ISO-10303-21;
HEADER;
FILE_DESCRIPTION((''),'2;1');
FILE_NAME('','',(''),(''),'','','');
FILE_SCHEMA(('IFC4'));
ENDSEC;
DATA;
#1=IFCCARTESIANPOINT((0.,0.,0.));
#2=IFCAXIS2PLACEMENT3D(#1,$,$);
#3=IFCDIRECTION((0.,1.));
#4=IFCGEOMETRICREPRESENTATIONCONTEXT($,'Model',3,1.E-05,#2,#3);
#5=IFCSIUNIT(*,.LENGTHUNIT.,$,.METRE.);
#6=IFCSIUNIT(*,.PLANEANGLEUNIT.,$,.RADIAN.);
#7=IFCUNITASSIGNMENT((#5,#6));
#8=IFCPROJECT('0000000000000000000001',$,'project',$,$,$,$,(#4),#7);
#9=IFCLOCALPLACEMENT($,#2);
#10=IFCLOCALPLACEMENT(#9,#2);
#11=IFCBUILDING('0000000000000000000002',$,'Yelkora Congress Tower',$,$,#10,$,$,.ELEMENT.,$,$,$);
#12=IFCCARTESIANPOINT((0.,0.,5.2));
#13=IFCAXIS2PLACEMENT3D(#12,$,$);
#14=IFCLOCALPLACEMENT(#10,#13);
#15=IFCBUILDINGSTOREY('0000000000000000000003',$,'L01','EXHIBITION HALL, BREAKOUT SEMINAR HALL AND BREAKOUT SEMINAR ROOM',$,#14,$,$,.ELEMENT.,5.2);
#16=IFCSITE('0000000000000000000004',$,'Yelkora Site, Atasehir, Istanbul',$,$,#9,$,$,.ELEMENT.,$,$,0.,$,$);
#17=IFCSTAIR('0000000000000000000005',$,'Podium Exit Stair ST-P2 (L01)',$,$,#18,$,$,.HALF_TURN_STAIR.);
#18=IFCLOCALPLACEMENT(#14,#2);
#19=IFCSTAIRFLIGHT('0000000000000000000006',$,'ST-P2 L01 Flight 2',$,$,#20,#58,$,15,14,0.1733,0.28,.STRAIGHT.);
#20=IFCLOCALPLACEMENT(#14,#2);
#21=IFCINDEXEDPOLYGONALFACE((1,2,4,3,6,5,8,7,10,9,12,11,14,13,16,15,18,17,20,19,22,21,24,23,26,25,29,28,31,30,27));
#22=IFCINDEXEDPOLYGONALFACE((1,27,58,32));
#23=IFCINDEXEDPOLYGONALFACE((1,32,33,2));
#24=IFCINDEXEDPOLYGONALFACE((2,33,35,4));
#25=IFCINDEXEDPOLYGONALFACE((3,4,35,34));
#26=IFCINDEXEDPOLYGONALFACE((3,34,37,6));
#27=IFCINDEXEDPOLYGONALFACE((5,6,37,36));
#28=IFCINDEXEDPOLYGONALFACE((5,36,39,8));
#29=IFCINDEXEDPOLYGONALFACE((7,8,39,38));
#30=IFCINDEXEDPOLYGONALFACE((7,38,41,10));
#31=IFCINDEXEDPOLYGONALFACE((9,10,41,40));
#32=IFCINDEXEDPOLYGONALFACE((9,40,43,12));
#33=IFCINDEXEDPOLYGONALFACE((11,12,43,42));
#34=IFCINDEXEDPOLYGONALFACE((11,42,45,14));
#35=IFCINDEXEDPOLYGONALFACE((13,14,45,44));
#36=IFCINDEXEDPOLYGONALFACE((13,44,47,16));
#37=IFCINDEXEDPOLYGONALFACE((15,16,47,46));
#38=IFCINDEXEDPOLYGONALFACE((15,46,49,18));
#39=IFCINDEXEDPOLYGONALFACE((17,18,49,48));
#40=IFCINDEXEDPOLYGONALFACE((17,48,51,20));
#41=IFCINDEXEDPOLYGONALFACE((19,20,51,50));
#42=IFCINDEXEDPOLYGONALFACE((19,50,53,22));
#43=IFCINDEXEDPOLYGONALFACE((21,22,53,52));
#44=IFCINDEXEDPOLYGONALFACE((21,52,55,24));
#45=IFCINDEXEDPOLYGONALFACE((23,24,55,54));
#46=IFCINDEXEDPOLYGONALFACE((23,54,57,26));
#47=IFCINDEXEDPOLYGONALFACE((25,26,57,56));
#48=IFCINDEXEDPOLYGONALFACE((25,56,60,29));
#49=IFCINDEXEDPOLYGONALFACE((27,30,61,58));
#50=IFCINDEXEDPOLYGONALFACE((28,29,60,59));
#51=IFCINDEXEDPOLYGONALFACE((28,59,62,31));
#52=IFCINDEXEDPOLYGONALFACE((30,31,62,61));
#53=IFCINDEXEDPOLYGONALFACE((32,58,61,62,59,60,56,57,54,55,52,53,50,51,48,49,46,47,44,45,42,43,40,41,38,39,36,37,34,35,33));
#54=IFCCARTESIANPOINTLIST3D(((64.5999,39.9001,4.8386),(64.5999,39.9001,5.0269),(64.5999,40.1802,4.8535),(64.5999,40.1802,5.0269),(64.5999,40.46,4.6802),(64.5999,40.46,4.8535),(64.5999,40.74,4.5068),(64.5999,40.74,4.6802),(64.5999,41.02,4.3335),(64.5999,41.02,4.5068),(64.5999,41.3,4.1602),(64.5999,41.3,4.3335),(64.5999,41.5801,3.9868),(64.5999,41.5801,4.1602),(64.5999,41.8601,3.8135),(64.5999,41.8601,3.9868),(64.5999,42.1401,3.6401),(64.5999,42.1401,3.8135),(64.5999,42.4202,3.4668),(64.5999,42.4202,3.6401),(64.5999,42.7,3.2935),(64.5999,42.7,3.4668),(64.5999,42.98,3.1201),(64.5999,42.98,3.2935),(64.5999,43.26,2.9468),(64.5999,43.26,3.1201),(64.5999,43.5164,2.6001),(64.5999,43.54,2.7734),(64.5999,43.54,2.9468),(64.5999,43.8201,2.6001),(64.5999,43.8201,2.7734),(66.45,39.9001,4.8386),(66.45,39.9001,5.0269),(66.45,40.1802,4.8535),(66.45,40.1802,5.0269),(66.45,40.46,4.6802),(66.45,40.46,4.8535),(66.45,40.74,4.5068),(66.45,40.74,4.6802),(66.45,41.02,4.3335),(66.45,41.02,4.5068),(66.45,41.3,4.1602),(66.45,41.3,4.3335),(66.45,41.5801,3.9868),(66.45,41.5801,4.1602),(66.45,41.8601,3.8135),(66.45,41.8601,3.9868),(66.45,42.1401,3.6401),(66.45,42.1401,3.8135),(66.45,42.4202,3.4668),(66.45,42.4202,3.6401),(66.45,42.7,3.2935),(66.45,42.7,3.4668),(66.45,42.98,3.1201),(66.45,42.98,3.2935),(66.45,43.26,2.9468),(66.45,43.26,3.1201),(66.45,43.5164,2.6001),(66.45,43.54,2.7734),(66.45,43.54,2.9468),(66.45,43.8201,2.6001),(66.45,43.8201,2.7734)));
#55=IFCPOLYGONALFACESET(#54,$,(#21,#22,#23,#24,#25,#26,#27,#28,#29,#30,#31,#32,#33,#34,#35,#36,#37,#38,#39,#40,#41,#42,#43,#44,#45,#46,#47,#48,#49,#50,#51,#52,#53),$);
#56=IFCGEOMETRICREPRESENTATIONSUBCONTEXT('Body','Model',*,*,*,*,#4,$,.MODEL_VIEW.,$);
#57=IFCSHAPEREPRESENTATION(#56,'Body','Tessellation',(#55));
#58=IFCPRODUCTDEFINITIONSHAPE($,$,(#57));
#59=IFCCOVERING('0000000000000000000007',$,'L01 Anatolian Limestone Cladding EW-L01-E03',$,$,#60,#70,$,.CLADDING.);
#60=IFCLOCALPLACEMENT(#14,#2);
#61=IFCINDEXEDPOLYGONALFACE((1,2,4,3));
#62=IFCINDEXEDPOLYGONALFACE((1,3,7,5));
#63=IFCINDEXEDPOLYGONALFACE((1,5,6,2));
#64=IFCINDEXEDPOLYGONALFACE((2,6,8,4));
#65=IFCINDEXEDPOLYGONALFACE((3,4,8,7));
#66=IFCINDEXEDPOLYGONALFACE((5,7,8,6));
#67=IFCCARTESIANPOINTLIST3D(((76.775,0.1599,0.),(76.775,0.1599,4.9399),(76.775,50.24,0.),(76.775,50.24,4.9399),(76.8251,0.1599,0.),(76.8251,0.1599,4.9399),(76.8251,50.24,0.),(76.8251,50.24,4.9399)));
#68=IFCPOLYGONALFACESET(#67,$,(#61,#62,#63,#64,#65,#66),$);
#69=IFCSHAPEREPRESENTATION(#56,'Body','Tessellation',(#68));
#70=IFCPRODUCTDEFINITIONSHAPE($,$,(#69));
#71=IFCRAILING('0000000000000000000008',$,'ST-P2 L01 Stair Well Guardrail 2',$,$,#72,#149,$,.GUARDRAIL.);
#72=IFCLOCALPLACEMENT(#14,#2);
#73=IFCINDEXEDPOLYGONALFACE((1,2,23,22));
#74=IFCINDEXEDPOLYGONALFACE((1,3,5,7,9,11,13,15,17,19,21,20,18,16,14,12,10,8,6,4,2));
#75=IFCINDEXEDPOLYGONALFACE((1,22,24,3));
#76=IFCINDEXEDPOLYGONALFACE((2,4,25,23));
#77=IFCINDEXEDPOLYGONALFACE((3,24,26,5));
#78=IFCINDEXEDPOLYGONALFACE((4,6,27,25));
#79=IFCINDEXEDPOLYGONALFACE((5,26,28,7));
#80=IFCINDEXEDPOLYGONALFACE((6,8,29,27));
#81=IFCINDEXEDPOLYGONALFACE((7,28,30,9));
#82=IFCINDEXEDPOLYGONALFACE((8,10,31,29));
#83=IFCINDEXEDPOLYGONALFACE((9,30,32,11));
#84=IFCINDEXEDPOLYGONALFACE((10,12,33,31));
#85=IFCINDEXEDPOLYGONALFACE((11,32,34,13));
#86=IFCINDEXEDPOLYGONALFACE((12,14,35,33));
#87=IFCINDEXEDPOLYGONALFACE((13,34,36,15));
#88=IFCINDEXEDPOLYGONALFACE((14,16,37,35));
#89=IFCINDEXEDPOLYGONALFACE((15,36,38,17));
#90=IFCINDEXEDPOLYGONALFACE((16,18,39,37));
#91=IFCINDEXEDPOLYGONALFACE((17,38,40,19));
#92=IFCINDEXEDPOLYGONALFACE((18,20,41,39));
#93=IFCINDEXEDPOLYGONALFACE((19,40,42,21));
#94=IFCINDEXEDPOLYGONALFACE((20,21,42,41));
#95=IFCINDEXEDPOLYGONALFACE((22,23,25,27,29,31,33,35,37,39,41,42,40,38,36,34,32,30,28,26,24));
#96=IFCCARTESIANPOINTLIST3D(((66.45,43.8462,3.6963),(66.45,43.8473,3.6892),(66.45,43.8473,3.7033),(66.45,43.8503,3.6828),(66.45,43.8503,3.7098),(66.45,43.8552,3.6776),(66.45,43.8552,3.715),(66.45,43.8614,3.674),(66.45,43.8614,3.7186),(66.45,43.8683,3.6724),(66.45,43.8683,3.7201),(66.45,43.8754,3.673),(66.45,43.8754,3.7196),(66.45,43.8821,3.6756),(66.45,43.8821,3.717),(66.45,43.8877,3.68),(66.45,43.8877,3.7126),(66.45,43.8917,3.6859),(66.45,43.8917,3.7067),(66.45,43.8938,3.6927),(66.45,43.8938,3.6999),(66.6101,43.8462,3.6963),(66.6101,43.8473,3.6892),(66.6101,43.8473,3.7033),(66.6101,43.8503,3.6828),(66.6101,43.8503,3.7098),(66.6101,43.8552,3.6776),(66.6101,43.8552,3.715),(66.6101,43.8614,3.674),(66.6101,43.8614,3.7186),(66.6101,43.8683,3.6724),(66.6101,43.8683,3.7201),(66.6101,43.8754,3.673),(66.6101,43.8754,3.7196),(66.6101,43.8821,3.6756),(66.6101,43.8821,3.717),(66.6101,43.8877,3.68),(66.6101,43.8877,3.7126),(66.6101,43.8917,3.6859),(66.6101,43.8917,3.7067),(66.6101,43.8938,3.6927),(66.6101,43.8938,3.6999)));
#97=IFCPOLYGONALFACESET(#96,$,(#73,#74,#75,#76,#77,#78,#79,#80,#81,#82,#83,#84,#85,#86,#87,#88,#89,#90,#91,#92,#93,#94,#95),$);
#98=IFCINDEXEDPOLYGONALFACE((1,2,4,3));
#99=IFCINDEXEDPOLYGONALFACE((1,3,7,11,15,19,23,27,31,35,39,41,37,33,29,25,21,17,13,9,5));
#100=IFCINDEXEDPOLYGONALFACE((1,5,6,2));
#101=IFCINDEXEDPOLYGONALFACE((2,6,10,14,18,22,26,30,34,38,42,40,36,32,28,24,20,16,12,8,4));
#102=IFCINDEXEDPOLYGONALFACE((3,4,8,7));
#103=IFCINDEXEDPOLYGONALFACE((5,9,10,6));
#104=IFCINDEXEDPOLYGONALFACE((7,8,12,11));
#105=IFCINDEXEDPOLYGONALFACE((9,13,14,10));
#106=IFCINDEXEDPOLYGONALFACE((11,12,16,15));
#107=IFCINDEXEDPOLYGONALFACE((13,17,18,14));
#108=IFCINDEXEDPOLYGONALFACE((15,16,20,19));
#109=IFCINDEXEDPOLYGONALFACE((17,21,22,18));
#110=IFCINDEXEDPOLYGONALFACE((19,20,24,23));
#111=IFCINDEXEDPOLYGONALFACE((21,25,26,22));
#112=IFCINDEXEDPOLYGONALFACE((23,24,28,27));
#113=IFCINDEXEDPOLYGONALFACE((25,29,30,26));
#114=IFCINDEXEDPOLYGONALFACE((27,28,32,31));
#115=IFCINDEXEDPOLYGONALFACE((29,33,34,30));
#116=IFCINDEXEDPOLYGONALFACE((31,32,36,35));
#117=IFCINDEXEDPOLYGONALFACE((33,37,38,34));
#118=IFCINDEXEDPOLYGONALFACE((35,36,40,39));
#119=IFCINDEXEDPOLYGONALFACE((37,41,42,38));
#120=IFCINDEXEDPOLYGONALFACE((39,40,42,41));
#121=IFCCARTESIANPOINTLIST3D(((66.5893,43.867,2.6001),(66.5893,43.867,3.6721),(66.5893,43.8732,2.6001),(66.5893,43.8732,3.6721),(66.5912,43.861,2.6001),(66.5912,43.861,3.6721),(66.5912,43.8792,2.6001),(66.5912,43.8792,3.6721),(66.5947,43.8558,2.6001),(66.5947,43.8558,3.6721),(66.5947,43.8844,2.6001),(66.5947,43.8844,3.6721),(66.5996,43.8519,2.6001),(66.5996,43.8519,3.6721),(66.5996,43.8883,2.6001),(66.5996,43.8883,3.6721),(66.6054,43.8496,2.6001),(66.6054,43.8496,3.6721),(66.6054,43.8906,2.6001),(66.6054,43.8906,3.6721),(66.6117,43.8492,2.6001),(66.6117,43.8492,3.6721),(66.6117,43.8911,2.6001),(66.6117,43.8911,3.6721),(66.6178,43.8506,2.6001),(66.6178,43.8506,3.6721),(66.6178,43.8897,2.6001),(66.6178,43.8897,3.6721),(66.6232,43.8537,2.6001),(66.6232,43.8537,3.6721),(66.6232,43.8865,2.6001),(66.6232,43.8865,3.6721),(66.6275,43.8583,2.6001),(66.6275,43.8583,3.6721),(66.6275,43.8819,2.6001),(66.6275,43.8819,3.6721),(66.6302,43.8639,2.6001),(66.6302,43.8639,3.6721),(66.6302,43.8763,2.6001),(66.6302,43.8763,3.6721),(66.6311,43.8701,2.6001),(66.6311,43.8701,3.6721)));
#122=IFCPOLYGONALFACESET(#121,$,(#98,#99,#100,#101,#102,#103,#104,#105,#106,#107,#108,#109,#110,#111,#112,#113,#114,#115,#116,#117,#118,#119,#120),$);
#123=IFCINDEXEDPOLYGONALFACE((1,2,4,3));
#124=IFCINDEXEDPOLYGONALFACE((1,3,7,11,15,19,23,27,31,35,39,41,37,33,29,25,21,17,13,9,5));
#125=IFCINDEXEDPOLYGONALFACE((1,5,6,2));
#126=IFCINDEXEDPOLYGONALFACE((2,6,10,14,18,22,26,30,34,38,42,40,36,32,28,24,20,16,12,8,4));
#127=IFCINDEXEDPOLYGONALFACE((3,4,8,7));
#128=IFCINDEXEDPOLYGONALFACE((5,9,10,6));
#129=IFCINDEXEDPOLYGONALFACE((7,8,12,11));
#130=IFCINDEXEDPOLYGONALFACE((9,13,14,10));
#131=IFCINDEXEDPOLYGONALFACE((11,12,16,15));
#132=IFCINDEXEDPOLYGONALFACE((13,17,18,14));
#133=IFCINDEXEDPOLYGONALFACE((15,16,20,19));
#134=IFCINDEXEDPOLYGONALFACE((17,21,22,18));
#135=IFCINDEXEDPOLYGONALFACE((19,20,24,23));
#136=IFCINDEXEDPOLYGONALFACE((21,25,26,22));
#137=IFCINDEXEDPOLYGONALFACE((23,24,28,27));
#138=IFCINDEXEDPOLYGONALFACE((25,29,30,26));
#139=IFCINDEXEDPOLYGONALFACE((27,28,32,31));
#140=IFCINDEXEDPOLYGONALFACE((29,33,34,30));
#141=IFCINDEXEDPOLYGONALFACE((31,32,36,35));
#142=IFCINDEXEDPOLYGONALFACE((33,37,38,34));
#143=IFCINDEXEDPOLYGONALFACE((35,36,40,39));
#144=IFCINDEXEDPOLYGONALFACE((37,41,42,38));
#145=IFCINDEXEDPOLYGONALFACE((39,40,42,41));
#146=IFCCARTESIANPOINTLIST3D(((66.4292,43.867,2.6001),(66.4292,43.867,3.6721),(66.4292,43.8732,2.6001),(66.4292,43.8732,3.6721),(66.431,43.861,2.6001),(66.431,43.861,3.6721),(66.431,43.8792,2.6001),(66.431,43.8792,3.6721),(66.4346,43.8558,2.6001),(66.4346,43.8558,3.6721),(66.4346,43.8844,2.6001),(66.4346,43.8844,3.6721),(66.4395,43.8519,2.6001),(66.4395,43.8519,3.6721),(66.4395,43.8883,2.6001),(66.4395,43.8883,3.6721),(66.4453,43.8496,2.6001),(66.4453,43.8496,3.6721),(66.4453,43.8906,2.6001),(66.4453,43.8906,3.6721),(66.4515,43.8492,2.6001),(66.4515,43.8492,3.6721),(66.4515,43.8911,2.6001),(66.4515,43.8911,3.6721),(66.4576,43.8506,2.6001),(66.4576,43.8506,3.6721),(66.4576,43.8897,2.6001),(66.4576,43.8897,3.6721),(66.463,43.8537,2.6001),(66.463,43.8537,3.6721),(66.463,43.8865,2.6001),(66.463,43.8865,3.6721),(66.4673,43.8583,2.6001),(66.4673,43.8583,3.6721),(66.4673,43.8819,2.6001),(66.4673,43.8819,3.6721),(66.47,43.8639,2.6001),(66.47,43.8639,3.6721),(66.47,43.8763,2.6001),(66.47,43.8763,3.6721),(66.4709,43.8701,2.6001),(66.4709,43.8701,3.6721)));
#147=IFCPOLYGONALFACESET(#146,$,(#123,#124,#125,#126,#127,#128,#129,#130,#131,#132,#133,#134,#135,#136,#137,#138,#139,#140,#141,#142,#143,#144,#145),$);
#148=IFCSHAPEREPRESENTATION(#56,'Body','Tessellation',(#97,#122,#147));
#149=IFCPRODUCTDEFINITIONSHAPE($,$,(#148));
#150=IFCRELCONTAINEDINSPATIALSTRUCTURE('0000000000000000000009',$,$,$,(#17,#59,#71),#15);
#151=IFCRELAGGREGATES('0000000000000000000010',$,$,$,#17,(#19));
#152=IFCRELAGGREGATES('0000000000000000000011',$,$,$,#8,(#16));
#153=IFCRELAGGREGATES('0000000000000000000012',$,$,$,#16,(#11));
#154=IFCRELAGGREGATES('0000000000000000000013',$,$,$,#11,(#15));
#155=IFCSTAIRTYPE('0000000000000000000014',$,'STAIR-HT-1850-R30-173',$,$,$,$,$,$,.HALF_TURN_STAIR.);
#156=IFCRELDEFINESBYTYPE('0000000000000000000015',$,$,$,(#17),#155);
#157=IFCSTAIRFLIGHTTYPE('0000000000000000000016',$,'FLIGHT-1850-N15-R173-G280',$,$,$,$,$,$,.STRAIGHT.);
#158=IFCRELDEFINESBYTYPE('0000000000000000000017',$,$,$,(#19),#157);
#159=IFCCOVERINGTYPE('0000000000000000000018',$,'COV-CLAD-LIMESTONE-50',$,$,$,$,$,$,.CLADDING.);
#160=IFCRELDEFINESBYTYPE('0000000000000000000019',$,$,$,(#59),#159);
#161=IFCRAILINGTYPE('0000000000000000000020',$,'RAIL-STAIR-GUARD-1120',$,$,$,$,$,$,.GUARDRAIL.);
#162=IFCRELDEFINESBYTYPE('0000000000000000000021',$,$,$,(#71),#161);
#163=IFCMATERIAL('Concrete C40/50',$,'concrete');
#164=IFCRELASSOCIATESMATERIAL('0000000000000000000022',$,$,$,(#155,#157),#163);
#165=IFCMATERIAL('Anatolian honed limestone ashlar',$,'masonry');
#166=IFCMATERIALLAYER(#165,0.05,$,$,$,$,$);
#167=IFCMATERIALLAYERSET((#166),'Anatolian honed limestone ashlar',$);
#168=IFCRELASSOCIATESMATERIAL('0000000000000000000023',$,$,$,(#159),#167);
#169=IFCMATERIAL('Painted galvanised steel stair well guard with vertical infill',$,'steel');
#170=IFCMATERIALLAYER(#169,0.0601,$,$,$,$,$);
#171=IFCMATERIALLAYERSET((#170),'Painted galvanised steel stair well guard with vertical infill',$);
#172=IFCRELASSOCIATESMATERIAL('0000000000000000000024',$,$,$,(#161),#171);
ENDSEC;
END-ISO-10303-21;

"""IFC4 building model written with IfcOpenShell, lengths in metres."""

from ifc_helpers import new_model, si_unit, direction, frame, frame_2d, origin, origin_2d, place, context, subcontext, project, spatial, polyline, rectangle, circle, outline, extrude, material, layer, layer_set, type_object, element, aggregate, save


model = new_model("IFC4")

# Units and contexts
model_context = context("Model", 3, precision=1e-05, world=origin(), true_north=direction((0.0, 1.0)))
body_context = subcontext(model_context, "Body", "Model", "MODEL_VIEW")
ifc_project = project(units=[si_unit("LENGTHUNIT", "METRE"), si_unit("PLANEANGLEUNIT", "RADIAN")], contexts=[model_context])

# Site, building, storey
site_placement = place(None, origin())
site = spatial("IfcSite", under=ifc_project, at=site_placement, Name="Yelkora Site, Atasehir, Istanbul", CompositionType="ELEMENT", RefElevation=0.0)
building_placement = place(site_placement, origin())
building = spatial("IfcBuilding", under=site, at=building_placement, Name="Yelkora Congress Tower", CompositionType="ELEMENT")
storey_placement = place(building_placement, frame((0.0, 0.0, 5.2)))
storey = spatial("IfcBuildingStorey", under=building, at=storey_placement, Name="L01", Description="EXHIBITION HALL, BREAKOUT SEMINAR HALL AND BREAKOUT SEMINAR ROOM", CompositionType="ELEMENT", Elevation=5.2)

# Shared definitions
ifc_material_1 = material(Name="Concrete C40/50", Category="concrete")

# Stair, stair flight
stair_type = type_object("IfcStairType", Name="STAIR-HT-1850-R30-173", PredefinedType="HALF_TURN_STAIR", material=ifc_material_1)
stair_placement = place(storey_placement, origin())
stair = element("IfcStair", 1, at=stair_placement, inside=storey, type_object=stair_type, Name="Podium Exit Stair ST-P2 (L01)", PredefinedType="HALF_TURN_STAIR")
stair_flight_type = type_object("IfcStairFlightType", Name="FLIGHT-1850-N15-R173-G280", PredefinedType="STRAIGHT", material=ifc_material_1)
stair_flight_placement = place(storey_placement, frame((65.5249, 43.8201, 2.6001), z_axis=(0.0, 0.0, 1.0), x_axis=(0.0, -1.0, 0.0)))
stair_flight = element("IfcStairFlight", 2, at=stair_flight_placement, type_object=stair_flight_type, Name="ST-P2 L01 Flight 2", NumberOfRisers=15, NumberOfTreads=14, PredefinedType="STRAIGHT", RiserHeight=0.1733, TreadLength=0.28, context=body_context, shape_type="SweptSolid", body=[
    extrude(outline(polyline([(0.0, 0.0), (0.0, 0.1733), (0.28, 0.1733), (0.28, 0.3467), (0.5601, 0.3467), (0.5601, 0.52), (0.8401, 0.52), (0.8401, 0.6934), (1.1201, 0.6934), (1.1201, 0.8667), (1.3999, 0.8667), (1.3999, 1.04), (1.6799, 1.04), (1.6799, 1.2134), (1.96, 1.2134), (1.96, 1.3867), (2.24, 1.3867), (2.24, 1.5601), (2.52, 1.5601), (2.52, 1.7334), (2.8, 1.7334), (2.8, 1.9067), (3.0801, 1.9067), (3.0801, 2.0801), (3.3601, 2.0801), (3.3601, 2.2534), (3.6399, 2.2534), (3.6399, 2.4268), (3.9199, 2.4268), (3.9199, 2.6001), (3.9199, 2.2385), (0.3037, 0.0), (0.0, 0.0)])), frame((0.0, 0.925, 0.0), z_axis=(0.0, -1.0, 0.0), x_axis=(1.0, 0.0, 0.0)), (0.0, 0.0, 1.0), 1.8501),
])
aggregate(stair, [stair_flight])

# Covering
ifc_material_2 = material(Name="Anatolian honed limestone ashlar", Category="masonry")
ifc_layer_1 = layer(ifc_material_2, 0.05)
ifc_layer_set_1 = layer_set([ifc_layer_1], Name="Anatolian honed limestone ashlar")
covering_type = type_object("IfcCoveringType", Name="COV-CLAD-LIMESTONE-50", PredefinedType="CLADDING", material=ifc_layer_set_1)
covering_placement = place(storey_placement, frame((76.8, 50.24, 0.0), z_axis=(0.0, 0.0, 1.0), x_axis=(0.0, -1.0, 0.0)))
element("IfcCovering", 3, at=covering_placement, inside=storey, type_object=covering_type, Name="L01 Anatolian Limestone Cladding EW-L01-E03", PredefinedType="CLADDING", context=body_context, shape_type="SweptSolid", body=[
    extrude(rectangle(XDim=50.0801, YDim=0.05, at=frame_2d((25.04, 0.0))), origin(), (0.0, 0.0, 1.0), 4.9399),
])

# Railing
ifc_material_3 = material(Name="Painted galvanised steel stair well guard with vertical infill", Category="steel")
ifc_layer_2 = layer(ifc_material_3, 0.0601)
ifc_layer_set_2 = layer_set([ifc_layer_2], Name="Painted galvanised steel stair well guard with vertical infill")
railing_type_1 = type_object("IfcRailingType", Name="RAIL-STAIR-GUARD-1120", PredefinedType="GUARDRAIL", material=ifc_layer_set_2)
railing_1_placement = place(storey_placement, frame((66.6101, 43.8701, 2.6001)))
element("IfcRailing", 4, at=railing_1_placement, inside=storey, type_object=railing_type_1, Name="ST-P2 L01 Stair Well Guardrail 2", PredefinedType="GUARDRAIL", context=body_context, shape_type="SweptSolid", body=[
    extrude(circle(Radius=0.0239, at=origin_2d()), frame((0.0, 0.0, 1.0962), z_axis=(-1.0, 0.0, 0.0), x_axis=(0.0, -1.0, 0.0)), (0.0, 0.0, 1.0), 0.1602),
    extrude(circle(Radius=0.021, at=origin_2d()), origin(), (0.0, 0.0, 1.0), 1.072),
    extrude(circle(Radius=0.021, at=origin_2d()), frame((-0.1602, 0.0, 0.0)), (0.0, 0.0, 1.0), 1.072),
])

save(model, "model.ifc")
